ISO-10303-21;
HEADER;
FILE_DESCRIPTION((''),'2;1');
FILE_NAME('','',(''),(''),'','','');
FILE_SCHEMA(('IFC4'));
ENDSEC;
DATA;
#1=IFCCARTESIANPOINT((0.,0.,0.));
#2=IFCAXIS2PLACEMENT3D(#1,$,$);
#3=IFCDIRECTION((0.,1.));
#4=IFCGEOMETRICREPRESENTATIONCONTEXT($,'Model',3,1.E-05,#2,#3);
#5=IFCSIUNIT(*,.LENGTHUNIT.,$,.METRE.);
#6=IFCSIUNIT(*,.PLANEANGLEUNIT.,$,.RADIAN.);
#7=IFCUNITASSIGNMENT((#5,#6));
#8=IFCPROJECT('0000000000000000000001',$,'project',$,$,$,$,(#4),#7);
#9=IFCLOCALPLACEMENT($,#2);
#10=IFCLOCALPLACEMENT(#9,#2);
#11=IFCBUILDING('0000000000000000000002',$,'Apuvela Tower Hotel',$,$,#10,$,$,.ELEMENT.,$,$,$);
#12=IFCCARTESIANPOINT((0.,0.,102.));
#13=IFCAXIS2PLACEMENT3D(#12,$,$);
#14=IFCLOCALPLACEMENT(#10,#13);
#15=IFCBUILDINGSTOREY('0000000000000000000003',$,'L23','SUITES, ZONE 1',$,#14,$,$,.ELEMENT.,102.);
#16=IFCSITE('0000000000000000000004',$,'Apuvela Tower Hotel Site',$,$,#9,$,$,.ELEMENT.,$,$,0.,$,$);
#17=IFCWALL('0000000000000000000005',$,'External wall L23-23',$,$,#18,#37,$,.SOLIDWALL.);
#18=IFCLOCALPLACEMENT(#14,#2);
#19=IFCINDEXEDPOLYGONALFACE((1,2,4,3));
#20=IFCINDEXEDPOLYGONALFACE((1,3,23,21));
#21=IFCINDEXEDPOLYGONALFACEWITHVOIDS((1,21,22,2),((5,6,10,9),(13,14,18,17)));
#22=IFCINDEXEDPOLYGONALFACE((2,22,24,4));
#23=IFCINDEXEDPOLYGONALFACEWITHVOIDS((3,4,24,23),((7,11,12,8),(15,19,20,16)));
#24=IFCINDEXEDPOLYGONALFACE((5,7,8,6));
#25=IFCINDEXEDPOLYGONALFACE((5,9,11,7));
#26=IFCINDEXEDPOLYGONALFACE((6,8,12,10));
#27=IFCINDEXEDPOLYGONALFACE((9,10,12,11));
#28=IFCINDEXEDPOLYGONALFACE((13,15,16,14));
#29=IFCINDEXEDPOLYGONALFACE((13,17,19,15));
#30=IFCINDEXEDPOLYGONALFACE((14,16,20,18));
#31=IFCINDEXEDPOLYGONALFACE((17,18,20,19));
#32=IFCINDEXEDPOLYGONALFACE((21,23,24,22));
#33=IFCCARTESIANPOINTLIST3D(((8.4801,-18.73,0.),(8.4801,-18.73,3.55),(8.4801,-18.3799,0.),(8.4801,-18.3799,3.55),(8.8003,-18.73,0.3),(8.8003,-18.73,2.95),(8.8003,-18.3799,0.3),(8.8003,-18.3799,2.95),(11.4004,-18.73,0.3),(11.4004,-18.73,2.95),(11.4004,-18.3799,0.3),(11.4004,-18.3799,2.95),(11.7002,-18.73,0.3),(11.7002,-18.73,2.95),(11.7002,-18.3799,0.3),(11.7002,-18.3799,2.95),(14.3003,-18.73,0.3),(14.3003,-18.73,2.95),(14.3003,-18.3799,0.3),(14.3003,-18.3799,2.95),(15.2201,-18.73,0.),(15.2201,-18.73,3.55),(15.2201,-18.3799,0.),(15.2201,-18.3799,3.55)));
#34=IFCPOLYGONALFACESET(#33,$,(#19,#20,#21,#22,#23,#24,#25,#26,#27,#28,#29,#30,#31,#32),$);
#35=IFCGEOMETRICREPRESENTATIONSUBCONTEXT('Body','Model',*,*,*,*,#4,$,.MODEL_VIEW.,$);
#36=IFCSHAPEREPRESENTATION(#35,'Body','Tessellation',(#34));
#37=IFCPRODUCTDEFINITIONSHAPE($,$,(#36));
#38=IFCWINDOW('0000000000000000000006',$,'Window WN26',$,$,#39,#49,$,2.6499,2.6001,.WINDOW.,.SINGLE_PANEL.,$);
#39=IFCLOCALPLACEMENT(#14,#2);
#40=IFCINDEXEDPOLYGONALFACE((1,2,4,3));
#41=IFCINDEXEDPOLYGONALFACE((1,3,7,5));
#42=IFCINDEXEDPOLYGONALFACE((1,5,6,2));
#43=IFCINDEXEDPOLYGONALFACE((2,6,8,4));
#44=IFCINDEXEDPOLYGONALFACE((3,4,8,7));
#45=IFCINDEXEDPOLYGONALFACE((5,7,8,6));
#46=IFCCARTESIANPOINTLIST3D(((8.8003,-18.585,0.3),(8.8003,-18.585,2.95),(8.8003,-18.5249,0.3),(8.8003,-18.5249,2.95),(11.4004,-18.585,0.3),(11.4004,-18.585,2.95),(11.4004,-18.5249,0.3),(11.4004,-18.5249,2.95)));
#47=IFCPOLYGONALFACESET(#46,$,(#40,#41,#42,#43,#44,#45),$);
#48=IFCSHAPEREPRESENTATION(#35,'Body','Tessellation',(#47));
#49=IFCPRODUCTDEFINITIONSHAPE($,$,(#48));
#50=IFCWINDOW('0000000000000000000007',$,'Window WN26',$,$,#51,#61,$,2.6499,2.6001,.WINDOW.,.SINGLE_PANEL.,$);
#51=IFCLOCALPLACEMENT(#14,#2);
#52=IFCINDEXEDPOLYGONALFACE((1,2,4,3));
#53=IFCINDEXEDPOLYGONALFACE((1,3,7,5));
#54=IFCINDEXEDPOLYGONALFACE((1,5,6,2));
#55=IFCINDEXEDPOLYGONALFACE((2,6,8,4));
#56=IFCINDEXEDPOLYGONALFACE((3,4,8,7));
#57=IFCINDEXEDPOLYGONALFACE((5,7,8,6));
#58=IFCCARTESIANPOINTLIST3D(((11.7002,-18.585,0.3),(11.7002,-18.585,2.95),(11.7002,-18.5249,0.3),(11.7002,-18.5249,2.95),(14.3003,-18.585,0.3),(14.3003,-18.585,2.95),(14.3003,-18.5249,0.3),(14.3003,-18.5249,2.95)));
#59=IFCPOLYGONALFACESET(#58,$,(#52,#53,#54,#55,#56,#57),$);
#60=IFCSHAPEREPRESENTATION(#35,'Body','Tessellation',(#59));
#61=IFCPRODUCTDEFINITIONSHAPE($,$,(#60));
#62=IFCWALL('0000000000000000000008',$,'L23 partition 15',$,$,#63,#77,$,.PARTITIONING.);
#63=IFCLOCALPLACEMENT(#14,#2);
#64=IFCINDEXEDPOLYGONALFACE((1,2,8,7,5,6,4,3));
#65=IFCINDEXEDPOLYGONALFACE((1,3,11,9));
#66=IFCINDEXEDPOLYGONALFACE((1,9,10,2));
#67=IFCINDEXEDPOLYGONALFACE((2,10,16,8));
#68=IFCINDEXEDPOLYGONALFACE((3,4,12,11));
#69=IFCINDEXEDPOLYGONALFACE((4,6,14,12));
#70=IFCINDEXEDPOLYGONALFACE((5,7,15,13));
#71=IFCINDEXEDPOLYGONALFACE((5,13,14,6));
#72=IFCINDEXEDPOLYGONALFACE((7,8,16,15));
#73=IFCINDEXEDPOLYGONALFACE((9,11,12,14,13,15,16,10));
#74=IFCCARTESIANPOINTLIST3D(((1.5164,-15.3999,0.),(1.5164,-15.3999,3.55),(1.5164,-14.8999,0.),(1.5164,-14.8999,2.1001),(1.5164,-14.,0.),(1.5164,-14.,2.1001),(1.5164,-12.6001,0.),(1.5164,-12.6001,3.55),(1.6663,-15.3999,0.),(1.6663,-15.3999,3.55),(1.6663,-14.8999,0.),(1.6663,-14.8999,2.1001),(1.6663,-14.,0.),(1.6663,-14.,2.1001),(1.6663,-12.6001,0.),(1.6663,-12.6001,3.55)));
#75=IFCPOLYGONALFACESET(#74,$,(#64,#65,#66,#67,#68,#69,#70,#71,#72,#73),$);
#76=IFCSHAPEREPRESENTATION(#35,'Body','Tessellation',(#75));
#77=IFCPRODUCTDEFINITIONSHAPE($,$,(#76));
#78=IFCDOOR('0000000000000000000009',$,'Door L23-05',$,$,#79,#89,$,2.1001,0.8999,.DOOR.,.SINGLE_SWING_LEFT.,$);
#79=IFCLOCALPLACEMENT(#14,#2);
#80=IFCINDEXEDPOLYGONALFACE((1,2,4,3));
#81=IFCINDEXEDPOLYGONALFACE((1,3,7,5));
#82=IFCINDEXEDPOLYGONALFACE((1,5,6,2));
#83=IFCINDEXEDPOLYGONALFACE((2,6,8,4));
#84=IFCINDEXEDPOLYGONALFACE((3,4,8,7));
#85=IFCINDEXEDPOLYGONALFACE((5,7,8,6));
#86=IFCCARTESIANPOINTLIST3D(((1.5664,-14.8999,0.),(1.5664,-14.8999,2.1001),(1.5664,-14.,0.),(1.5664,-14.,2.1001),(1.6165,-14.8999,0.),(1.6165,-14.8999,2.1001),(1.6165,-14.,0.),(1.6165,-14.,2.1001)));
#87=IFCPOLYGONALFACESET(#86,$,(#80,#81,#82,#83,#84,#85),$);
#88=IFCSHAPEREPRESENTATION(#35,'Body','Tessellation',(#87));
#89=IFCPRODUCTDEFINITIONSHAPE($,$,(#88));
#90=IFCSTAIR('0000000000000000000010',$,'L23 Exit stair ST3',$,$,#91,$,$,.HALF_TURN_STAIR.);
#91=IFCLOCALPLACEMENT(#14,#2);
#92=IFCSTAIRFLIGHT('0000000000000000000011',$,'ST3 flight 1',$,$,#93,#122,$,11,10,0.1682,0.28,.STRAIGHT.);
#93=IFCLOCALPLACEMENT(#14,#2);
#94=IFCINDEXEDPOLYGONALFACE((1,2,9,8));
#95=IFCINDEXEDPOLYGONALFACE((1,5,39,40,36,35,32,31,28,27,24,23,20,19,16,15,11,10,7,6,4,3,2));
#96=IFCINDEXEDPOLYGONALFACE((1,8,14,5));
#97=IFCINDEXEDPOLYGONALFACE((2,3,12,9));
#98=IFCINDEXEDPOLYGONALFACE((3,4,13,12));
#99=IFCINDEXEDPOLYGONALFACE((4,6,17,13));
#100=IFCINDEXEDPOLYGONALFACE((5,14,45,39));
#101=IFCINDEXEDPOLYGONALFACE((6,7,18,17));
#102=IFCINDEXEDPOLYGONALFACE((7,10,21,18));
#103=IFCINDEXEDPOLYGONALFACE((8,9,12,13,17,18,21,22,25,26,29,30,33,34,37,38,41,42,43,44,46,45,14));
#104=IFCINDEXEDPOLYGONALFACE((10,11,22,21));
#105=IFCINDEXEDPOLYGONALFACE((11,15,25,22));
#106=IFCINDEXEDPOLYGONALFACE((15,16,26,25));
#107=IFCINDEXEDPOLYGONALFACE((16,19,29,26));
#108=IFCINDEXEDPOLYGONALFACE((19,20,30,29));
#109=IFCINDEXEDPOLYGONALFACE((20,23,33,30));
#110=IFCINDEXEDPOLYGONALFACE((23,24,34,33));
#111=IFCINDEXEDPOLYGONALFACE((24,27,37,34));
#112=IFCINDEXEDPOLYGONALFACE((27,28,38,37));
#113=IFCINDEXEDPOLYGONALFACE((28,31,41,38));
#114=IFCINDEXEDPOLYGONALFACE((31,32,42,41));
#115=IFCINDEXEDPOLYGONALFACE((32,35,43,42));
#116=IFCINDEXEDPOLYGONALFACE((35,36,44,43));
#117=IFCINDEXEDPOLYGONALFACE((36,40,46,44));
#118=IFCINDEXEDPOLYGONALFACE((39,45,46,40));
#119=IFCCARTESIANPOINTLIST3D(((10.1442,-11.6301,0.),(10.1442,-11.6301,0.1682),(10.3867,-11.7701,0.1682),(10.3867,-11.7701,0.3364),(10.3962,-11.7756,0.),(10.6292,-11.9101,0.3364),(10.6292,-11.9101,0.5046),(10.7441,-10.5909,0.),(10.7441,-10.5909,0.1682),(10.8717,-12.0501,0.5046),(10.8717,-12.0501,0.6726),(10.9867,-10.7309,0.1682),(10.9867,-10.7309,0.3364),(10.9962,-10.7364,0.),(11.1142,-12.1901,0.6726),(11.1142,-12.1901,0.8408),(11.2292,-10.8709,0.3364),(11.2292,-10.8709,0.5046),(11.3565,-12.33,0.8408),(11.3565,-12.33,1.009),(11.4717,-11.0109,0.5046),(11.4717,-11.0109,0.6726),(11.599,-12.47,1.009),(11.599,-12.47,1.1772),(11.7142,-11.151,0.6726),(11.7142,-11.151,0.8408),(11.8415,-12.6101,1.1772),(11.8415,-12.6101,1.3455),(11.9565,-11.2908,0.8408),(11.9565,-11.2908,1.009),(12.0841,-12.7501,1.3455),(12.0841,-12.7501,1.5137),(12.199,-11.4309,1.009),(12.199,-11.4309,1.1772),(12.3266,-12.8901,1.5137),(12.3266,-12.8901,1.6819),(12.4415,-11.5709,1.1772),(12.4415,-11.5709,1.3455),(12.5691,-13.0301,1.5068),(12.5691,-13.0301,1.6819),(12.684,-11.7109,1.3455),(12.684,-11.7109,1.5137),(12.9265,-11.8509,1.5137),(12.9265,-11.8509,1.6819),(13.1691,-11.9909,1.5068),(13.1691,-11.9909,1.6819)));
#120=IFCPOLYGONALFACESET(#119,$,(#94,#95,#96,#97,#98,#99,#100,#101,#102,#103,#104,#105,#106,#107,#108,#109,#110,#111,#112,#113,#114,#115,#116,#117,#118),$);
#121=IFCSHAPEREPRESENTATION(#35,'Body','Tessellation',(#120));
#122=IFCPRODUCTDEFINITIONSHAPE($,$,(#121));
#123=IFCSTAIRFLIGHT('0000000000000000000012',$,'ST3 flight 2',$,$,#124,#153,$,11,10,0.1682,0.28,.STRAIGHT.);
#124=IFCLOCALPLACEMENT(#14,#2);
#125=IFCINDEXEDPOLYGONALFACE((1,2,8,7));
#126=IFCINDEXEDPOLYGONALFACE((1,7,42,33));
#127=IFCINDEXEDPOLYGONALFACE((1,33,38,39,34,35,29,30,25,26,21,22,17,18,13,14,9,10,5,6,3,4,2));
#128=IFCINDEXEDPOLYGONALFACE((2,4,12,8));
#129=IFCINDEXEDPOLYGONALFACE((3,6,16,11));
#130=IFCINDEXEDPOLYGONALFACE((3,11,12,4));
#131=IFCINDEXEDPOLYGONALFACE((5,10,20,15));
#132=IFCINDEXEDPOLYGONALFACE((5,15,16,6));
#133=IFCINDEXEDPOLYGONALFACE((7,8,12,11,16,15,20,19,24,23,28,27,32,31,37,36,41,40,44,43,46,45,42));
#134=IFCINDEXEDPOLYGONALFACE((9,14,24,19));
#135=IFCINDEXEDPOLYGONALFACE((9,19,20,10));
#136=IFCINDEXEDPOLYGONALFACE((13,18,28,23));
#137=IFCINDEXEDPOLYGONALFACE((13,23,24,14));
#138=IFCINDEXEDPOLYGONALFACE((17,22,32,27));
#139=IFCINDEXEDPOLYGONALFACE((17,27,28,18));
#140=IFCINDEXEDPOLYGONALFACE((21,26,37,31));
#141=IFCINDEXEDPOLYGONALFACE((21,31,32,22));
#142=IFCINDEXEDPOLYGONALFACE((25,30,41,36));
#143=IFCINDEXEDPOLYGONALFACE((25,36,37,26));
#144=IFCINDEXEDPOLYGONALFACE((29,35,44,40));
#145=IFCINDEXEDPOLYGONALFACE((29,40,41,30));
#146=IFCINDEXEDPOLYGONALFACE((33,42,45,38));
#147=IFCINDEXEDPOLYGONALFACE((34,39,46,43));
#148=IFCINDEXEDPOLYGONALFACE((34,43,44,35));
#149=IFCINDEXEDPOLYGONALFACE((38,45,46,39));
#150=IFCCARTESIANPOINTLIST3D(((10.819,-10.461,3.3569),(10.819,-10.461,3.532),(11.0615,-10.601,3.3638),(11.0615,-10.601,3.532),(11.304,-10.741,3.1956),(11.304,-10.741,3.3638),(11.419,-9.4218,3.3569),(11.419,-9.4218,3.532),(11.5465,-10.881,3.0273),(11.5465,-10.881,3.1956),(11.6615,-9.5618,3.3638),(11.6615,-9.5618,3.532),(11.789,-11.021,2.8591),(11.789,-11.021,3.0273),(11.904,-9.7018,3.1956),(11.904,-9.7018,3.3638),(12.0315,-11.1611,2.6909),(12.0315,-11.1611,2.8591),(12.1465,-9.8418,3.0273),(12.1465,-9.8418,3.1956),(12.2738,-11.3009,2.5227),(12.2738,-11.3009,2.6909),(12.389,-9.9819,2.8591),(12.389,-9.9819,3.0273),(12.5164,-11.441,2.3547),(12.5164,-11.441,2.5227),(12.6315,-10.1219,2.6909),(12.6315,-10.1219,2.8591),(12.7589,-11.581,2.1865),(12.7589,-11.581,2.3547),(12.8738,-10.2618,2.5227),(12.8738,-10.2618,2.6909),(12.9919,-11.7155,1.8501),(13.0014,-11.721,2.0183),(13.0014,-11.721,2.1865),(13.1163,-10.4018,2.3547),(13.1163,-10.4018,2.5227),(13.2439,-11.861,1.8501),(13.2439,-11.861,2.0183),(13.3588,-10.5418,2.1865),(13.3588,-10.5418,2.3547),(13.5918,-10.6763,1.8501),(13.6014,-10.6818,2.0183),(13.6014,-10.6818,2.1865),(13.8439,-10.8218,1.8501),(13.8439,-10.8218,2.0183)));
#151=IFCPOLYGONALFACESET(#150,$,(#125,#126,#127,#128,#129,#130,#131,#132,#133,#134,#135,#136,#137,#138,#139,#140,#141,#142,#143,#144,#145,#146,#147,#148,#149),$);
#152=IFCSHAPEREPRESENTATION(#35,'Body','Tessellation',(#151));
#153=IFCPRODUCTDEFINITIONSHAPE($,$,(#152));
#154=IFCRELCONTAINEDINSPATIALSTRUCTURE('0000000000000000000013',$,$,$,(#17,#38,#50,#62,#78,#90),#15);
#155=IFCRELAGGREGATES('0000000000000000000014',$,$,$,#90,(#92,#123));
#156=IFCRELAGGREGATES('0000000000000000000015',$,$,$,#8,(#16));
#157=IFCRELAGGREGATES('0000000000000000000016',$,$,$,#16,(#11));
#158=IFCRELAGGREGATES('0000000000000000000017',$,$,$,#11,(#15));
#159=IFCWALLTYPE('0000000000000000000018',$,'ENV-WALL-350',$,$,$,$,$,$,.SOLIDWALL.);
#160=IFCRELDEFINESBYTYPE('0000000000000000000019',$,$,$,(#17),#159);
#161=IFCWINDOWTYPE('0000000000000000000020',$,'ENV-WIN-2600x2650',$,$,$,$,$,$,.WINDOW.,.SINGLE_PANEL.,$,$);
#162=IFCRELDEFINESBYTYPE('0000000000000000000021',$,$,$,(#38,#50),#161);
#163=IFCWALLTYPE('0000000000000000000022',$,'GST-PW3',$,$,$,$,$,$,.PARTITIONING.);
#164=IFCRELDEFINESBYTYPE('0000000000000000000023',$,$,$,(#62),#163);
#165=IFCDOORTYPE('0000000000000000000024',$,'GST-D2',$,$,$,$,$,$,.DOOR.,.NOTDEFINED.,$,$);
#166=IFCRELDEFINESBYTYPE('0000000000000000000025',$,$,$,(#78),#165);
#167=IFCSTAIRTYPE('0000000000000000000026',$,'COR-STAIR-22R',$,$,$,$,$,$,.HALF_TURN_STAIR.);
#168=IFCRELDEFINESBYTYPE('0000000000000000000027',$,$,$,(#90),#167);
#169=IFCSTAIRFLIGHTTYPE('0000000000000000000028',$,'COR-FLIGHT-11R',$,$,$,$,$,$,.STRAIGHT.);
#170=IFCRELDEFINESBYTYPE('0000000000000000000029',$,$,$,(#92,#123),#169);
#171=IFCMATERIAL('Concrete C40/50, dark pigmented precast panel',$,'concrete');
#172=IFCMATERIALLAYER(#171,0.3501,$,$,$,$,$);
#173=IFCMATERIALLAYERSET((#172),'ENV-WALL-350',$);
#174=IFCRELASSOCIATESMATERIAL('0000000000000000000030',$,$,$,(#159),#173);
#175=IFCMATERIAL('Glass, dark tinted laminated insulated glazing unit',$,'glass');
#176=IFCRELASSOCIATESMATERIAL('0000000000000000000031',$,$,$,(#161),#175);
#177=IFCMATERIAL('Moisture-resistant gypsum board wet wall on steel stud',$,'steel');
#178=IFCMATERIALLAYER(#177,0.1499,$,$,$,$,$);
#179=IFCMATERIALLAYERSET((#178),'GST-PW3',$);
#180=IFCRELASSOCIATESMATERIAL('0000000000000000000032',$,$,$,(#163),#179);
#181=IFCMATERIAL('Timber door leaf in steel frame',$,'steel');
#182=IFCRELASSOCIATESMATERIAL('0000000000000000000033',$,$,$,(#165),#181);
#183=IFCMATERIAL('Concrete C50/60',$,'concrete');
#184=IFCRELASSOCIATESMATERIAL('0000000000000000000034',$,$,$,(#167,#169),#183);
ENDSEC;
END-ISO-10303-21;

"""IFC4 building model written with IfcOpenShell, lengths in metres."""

from ifc_helpers import new_model, si_unit, direction, frame, frame_2d, origin, place, context, subcontext, project, spatial, polyline, rectangle, outline, extrude, material, layer, layer_set, type_object, element, fill, aggregate, save


model = new_model("IFC4")

# Units and contexts
model_context = context("Model", 3, precision=1e-05, world=origin(), true_north=direction((0.0, 1.0)))
body_context = subcontext(model_context, "Body", "Model", "MODEL_VIEW")
ifc_project = project(units=[si_unit("LENGTHUNIT", "METRE"), si_unit("PLANEANGLEUNIT", "RADIAN")], contexts=[model_context])

# Site, building, storey
site_placement = place(None, origin())
site = spatial("IfcSite", under=ifc_project, at=site_placement, Name="Apuvela Tower Hotel Site", CompositionType="ELEMENT", RefElevation=0.0)
building_placement = place(site_placement, origin())
building = spatial("IfcBuilding", under=site, at=building_placement, Name="Apuvela Tower Hotel", CompositionType="ELEMENT")
storey_placement = place(building_placement, frame((0.0, 0.0, 102.0)))
storey = spatial("IfcBuildingStorey", under=building, at=storey_placement, Name="L23", Description="SUITES, ZONE 1", CompositionType="ELEMENT", Elevation=102.0)

# Shared definitions
ifc_material_1 = material(Name="Concrete C50/60", Category="concrete")
ifc_material_2 = material(Name="Concrete C40/50, dark pigmented precast panel", Category="concrete")
ifc_layer_1 = layer(ifc_material_2, 0.3501)
ifc_layer_set_1 = layer_set([ifc_layer_1], Name="ENV-WALL-350")
wall_type_1 = type_object("IfcWallType", Name="ENV-WALL-350", PredefinedType="SOLIDWALL", material=ifc_layer_set_1)

# Wall, openings, windows
wall_1_placement = place(storey_placement, frame((8.48, -18.5549, 0.0), z_axis=(0.0, 0.0, 1.0), x_axis=(1.0, 0.0, 0.0)))
wall_1 = element("IfcWall", 1, at=wall_1_placement, inside=storey, type_object=wall_type_1, Name="External wall L23-23", PredefinedType="SOLIDWALL", context=body_context, shape_type="SweptSolid", body=[
    extrude(rectangle(XDim=6.74, YDim=0.3501, at=frame_2d((3.3701, 0.0))), origin(), (0.0, 0.0, 1.0), 3.55),
])
opening_1_placement = place(wall_1_placement, frame((0.3203, 0.0, 0.3)))
opening_1 = element("IfcOpeningElement", 2, at=opening_1_placement, cuts=wall_1, PredefinedType="OPENING", context=body_context, shape_type="SweptSolid", body=[
    extrude(rectangle(XDim=2.6001, YDim=2.6499, at=frame_2d((1.3, 1.325))), frame((0.0, 0.1851, 0.0), z_axis=(0.0, -1.0, 0.0), x_axis=(1.0, 0.0, 0.0)), (0.0, 0.0, 1.0), 0.3701),
])
opening_2_placement = place(wall_1_placement, frame((3.2202, 0.0, 0.3)))
opening_2 = element("IfcOpeningElement", 3, at=opening_2_placement, cuts=wall_1, PredefinedType="OPENING", context=body_context, shape_type="SweptSolid", body=[
    extrude(rectangle(XDim=2.6001, YDim=2.6499, at=frame_2d((1.3, 1.325))), frame((0.0, 0.1851, 0.0), z_axis=(0.0, -1.0, 0.0), x_axis=(1.0, 0.0, 0.0)), (0.0, 0.0, 1.0), 0.3701),
])
ifc_material_3 = material(Name="Glass, dark tinted laminated insulated glazing unit", Category="glass")
window_type = type_object("IfcWindowType", Name="ENV-WIN-2600x2650", PartitioningType="SINGLE_PANEL", PredefinedType="WINDOW", material=ifc_material_3)
window_1_placement = place(opening_1_placement, origin())
window_1 = element("IfcWindow", 4, at=window_1_placement, inside=storey, type_object=window_type, Name="Window WN26", OverallHeight=2.6499, OverallWidth=2.6001, PartitioningType="SINGLE_PANEL", PredefinedType="WINDOW", context=body_context, shape_type="SweptSolid", body=[
    extrude(rectangle(XDim=2.6001, YDim=2.6499, at=frame_2d((1.3, 1.325))), frame((0.0, 0.03, 0.0), z_axis=(0.0, -1.0, 0.0), x_axis=(1.0, 0.0, 0.0)), (0.0, 0.0, 1.0), 0.0601),
])
fill(opening_1, window_1)
window_2_placement = place(opening_2_placement, origin())
window_2 = element("IfcWindow", 5, at=window_2_placement, inside=storey, type_object=window_type, Name="Window WN26", OverallHeight=2.6499, OverallWidth=2.6001, PartitioningType="SINGLE_PANEL", PredefinedType="WINDOW", context=body_context, shape_type="SweptSolid", body=[
    extrude(rectangle(XDim=2.6001, YDim=2.6499, at=frame_2d((1.3, 1.325))), frame((0.0, 0.03, 0.0), z_axis=(0.0, -1.0, 0.0), x_axis=(1.0, 0.0, 0.0)), (0.0, 0.0, 1.0), 0.0601),
])
fill(opening_2, window_2)

# Wall, opening, door
ifc_material_4 = material(Name="Moisture-resistant gypsum board wet wall on steel stud", Category="steel")
ifc_layer_2 = layer(ifc_material_4, 0.1499)
ifc_layer_set_2 = layer_set([ifc_layer_2], Name="GST-PW3")
wall_type_2 = type_object("IfcWallType", Name="GST-PW3", PredefinedType="PARTITIONING", material=ifc_layer_set_2)
wall_2_placement = place(storey_placement, frame((1.5913, -15.3999, 0.0), z_axis=(0.0, 0.0, 1.0), x_axis=(0.0, 1.0, 0.0)))
wall_2 = element("IfcWall", 6, at=wall_2_placement, inside=storey, type_object=wall_type_2, Name="L23 partition 15", PredefinedType="PARTITIONING", context=body_context, shape_type="SweptSolid", body=[
    extrude(rectangle(XDim=2.7998, YDim=0.1499, at=frame_2d((1.3999, 0.0))), origin(), (0.0, 0.0, 1.0), 3.55),
])
opening_3_placement = place(wall_2_placement, frame((0.5, 0.0, 0.0)))
opening_3 = element("IfcOpeningElement", 7, at=opening_3_placement, cuts=wall_2, PredefinedType="OPENING", context=body_context, shape_type="SweptSolid", body=[
    extrude(rectangle(XDim=0.8999, YDim=2.1001, at=frame_2d((0.45, 1.05))), frame((0.0, 0.085, 0.0), z_axis=(0.0, -1.0, 0.0), x_axis=(1.0, 0.0, 0.0)), (0.0, 0.0, 1.0), 0.1699),
])
ifc_material_5 = material(Name="Timber door leaf in steel frame", Category="steel")
door_type = type_object("IfcDoorType", Name="GST-D2", OperationType="NOTDEFINED", PredefinedType="DOOR", material=ifc_material_5)
door_placement = place(opening_3_placement, origin())
door = element("IfcDoor", 8, at=door_placement, inside=storey, type_object=door_type, Name="Door L23-05", OperationType="SINGLE_SWING_LEFT", OverallHeight=2.1001, OverallWidth=0.8999, PredefinedType="DOOR", context=body_context, shape_type="SweptSolid", body=[
    extrude(rectangle(XDim=0.8999, YDim=2.1001, at=frame_2d((0.45, 1.05))), frame((0.0, 0.0249, 0.0), z_axis=(0.0, -1.0, 0.0), x_axis=(1.0, 0.0, 0.0)), (0.0, 0.0, 1.0), 0.05),
])
fill(opening_3, door)

# Stair, stair flights
stair_type = type_object("IfcStairType", Name="COR-STAIR-22R", PredefinedType="HALF_TURN_STAIR", material=ifc_material_1)
stair_placement = place(storey_placement, origin())
stair = element("IfcStair", 9, at=stair_placement, inside=storey, type_object=stair_type, Name="L23 Exit stair ST3", PredefinedType="HALF_TURN_STAIR")
stair_flight_type = type_object("IfcStairFlightType", Name="COR-FLIGHT-11R", PredefinedType="STRAIGHT", material=ifc_material_1)
stair_flight_1_placement = place(storey_placement, frame((10.4441, -11.1106, 0.0), z_axis=(0.0, 0.0, 1.0), x_axis=(0.866025, -0.5, 0.0)))
stair_flight_1 = element("IfcStairFlight", 10, at=stair_flight_1_placement, type_object=stair_flight_type, Name="ST3 flight 1", NumberOfRisers=11, NumberOfTreads=10, PredefinedType="STRAIGHT", RiserHeight=0.1682, TreadLength=0.28, context=body_context, shape_type="SweptSolid", body=[
    extrude(outline(polyline([(0.0, 0.0), (0.0, 0.1682), (0.28, 0.1682), (0.28, 0.3364), (0.5601, 0.3364), (0.5601, 0.5046), (0.8401, 0.5046), (0.8401, 0.6726), (1.1201, 0.6726), (1.1201, 0.8408), (1.3999, 0.8408), (1.3999, 1.009), (1.6799, 1.009), (1.6799, 1.1772), (1.96, 1.1772), (1.96, 1.3455), (2.24, 1.3455), (2.24, 1.5137), (2.52, 1.5137), (2.52, 1.6819), (2.8, 1.6819), (2.8, 1.8501), (2.8, 1.5068), (0.291, 0.0), (0.0, 0.0)])), frame((0.0, 0.6001, 0.0), z_axis=(0.0, -1.0, 0.0), x_axis=(1.0, 0.0, 0.0)), (0.0, 0.0, 1.0), 1.2),
])
stair_flight_2_placement = place(storey_placement, frame((13.5439, -11.3413, 1.8501), z_axis=(0.0, 0.0, 1.0), x_axis=(-0.866025, 0.5, 0.0)))
stair_flight_2 = element("IfcStairFlight", 11, at=stair_flight_2_placement, type_object=stair_flight_type, Name="ST3 flight 2", NumberOfRisers=11, NumberOfTreads=10, PredefinedType="STRAIGHT", RiserHeight=0.1682, TreadLength=0.28, context=body_context, shape_type="SweptSolid", body=[
    extrude(outline(polyline([(0.0, 0.0), (0.0, 0.1682), (0.28, 0.1682), (0.28, 0.3364), (0.5601, 0.3364), (0.5601, 0.5046), (0.8401, 0.5046), (0.8401, 0.6726), (1.1201, 0.6726), (1.1201, 0.8408), (1.3999, 0.8408), (1.3999, 1.009), (1.6799, 1.009), (1.6799, 1.1772), (1.96, 1.1772), (1.96, 1.3455), (2.24, 1.3455), (2.24, 1.5137), (2.52, 1.5137), (2.52, 1.6819), (2.8, 1.6819), (2.8, 1.8501), (2.8, 1.5068), (0.291, 0.0), (0.0, 0.0)])), frame((0.0, 0.6001, 0.0), z_axis=(0.0, -1.0, 0.0), x_axis=(1.0, 0.0, 0.0)), (0.0, 0.0, 1.0), 1.2),
])
aggregate(stair, [stair_flight_1, stair_flight_2])

save(model, "model.ifc")
